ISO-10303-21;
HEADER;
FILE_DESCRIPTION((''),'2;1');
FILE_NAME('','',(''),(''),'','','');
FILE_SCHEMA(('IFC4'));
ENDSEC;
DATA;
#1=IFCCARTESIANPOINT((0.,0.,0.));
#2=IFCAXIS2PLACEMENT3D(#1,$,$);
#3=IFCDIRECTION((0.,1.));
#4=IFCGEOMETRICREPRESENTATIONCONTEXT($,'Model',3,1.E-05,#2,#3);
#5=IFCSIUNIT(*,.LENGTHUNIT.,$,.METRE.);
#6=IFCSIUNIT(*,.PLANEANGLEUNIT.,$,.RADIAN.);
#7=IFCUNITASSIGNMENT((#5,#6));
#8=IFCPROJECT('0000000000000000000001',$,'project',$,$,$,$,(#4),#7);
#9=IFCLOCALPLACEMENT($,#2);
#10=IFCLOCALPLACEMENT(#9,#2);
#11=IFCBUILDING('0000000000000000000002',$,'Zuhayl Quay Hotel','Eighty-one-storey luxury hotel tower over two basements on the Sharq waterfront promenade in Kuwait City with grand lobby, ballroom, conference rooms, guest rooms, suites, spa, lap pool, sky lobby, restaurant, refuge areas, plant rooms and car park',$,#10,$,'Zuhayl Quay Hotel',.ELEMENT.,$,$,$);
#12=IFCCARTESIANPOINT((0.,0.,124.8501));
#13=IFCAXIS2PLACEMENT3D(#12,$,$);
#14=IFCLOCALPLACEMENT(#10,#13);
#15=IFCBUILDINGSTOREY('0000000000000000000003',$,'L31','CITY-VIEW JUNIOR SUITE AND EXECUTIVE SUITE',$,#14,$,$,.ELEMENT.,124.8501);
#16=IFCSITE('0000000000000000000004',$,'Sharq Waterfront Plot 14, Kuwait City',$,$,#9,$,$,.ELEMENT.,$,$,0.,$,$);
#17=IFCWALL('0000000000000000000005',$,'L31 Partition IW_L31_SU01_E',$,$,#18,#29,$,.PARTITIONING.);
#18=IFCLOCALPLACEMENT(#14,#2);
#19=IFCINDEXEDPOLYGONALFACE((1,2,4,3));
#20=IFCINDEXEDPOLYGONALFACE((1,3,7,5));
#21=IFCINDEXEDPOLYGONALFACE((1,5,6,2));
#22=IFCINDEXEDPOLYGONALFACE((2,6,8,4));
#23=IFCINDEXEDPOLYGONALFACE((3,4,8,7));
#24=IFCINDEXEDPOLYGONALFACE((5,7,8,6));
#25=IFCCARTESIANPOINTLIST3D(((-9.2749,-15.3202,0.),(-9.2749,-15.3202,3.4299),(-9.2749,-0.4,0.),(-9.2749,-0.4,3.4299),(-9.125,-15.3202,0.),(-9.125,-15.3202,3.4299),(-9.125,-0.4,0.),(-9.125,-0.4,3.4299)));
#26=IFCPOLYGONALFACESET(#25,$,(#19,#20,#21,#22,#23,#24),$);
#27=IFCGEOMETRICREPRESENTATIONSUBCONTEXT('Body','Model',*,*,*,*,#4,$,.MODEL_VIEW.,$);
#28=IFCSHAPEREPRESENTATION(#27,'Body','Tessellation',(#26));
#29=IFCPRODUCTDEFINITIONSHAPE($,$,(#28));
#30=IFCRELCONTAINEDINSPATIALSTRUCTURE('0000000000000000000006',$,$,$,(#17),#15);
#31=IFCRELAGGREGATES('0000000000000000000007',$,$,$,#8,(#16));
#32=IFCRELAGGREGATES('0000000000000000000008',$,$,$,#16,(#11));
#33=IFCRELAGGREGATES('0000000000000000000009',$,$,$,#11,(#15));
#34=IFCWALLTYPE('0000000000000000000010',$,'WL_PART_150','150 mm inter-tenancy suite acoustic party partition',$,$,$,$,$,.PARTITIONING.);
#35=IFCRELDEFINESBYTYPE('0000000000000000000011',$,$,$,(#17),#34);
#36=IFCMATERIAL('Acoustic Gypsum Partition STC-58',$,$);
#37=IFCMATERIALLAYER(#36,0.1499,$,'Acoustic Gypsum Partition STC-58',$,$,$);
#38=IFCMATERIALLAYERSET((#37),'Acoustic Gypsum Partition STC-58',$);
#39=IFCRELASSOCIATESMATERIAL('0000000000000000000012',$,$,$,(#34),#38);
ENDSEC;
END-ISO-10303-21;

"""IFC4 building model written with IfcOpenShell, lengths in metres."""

from ifc_helpers import new_model, si_unit, direction, frame, frame_2d, origin, place, context, subcontext, project, spatial, rectangle, extrude, material, layer, layer_set, type_object, element, save


model = new_model("IFC4")

# Units and contexts
model_context = context("Model", 3, precision=1e-05, world=origin(), true_north=direction((0.0, 1.0)))
body_context = subcontext(model_context, "Body", "Model", "MODEL_VIEW")
ifc_project = project(units=[si_unit("LENGTHUNIT", "METRE"), si_unit("PLANEANGLEUNIT", "RADIAN")], contexts=[model_context])

# Site, building, storey
site_placement = place(None, origin())
site = spatial("IfcSite", under=ifc_project, at=site_placement, Name="Sharq Waterfront Plot 14, Kuwait City", CompositionType="ELEMENT", RefElevation=0.0)
building_placement = place(site_placement, origin())
building = spatial("IfcBuilding", under=site, at=building_placement, Name="Zuhayl Quay Hotel", Description="Eighty-one-storey luxury hotel tower over two basements on the Sharq waterfront promenade in Kuwait City with grand lobby, ballroom, conference rooms, guest rooms, suites, spa, lap pool, sky lobby, restaurant, refuge areas, plant rooms and car park", LongName="Zuhayl Quay Hotel", CompositionType="ELEMENT")
storey_placement = place(building_placement, frame((0.0, 0.0, 124.8501)))
storey = spatial("IfcBuildingStorey", under=building, at=storey_placement, Name="L31", Description="CITY-VIEW JUNIOR SUITE AND EXECUTIVE SUITE", CompositionType="ELEMENT", Elevation=124.8501)

# Wall
ifc_material_1 = material(Name="Acoustic Gypsum Partition STC-58")
ifc_layer_1 = layer(ifc_material_1, 0.1499, Name="Acoustic Gypsum Partition STC-58")
ifc_layer_set_1 = layer_set([ifc_layer_1], Name="Acoustic Gypsum Partition STC-58")
wall_type_1 = type_object("IfcWallType", Name="WL_PART_150", Description="150 mm inter-tenancy suite acoustic party partition", PredefinedType="PARTITIONING", material=ifc_layer_set_1)
wall_1_placement = place(storey_placement, frame((-9.2, -15.3201, 0.0), z_axis=(0.0, 0.0, 1.0), x_axis=(0.0, 1.0, 0.0)))
element("IfcWall", 1, at=wall_1_placement, inside=storey, type_object=wall_type_1, Name="L31 Partition IW_L31_SU01_E", PredefinedType="PARTITIONING", context=body_context, shape_type="SweptSolid", body=[
    extrude(rectangle(XDim=14.9202, YDim=0.1499, at=frame_2d((7.46, 0.0))), origin(), (0.0, 0.0, 1.0), 3.4299),
])

save(model, "model.ifc")
